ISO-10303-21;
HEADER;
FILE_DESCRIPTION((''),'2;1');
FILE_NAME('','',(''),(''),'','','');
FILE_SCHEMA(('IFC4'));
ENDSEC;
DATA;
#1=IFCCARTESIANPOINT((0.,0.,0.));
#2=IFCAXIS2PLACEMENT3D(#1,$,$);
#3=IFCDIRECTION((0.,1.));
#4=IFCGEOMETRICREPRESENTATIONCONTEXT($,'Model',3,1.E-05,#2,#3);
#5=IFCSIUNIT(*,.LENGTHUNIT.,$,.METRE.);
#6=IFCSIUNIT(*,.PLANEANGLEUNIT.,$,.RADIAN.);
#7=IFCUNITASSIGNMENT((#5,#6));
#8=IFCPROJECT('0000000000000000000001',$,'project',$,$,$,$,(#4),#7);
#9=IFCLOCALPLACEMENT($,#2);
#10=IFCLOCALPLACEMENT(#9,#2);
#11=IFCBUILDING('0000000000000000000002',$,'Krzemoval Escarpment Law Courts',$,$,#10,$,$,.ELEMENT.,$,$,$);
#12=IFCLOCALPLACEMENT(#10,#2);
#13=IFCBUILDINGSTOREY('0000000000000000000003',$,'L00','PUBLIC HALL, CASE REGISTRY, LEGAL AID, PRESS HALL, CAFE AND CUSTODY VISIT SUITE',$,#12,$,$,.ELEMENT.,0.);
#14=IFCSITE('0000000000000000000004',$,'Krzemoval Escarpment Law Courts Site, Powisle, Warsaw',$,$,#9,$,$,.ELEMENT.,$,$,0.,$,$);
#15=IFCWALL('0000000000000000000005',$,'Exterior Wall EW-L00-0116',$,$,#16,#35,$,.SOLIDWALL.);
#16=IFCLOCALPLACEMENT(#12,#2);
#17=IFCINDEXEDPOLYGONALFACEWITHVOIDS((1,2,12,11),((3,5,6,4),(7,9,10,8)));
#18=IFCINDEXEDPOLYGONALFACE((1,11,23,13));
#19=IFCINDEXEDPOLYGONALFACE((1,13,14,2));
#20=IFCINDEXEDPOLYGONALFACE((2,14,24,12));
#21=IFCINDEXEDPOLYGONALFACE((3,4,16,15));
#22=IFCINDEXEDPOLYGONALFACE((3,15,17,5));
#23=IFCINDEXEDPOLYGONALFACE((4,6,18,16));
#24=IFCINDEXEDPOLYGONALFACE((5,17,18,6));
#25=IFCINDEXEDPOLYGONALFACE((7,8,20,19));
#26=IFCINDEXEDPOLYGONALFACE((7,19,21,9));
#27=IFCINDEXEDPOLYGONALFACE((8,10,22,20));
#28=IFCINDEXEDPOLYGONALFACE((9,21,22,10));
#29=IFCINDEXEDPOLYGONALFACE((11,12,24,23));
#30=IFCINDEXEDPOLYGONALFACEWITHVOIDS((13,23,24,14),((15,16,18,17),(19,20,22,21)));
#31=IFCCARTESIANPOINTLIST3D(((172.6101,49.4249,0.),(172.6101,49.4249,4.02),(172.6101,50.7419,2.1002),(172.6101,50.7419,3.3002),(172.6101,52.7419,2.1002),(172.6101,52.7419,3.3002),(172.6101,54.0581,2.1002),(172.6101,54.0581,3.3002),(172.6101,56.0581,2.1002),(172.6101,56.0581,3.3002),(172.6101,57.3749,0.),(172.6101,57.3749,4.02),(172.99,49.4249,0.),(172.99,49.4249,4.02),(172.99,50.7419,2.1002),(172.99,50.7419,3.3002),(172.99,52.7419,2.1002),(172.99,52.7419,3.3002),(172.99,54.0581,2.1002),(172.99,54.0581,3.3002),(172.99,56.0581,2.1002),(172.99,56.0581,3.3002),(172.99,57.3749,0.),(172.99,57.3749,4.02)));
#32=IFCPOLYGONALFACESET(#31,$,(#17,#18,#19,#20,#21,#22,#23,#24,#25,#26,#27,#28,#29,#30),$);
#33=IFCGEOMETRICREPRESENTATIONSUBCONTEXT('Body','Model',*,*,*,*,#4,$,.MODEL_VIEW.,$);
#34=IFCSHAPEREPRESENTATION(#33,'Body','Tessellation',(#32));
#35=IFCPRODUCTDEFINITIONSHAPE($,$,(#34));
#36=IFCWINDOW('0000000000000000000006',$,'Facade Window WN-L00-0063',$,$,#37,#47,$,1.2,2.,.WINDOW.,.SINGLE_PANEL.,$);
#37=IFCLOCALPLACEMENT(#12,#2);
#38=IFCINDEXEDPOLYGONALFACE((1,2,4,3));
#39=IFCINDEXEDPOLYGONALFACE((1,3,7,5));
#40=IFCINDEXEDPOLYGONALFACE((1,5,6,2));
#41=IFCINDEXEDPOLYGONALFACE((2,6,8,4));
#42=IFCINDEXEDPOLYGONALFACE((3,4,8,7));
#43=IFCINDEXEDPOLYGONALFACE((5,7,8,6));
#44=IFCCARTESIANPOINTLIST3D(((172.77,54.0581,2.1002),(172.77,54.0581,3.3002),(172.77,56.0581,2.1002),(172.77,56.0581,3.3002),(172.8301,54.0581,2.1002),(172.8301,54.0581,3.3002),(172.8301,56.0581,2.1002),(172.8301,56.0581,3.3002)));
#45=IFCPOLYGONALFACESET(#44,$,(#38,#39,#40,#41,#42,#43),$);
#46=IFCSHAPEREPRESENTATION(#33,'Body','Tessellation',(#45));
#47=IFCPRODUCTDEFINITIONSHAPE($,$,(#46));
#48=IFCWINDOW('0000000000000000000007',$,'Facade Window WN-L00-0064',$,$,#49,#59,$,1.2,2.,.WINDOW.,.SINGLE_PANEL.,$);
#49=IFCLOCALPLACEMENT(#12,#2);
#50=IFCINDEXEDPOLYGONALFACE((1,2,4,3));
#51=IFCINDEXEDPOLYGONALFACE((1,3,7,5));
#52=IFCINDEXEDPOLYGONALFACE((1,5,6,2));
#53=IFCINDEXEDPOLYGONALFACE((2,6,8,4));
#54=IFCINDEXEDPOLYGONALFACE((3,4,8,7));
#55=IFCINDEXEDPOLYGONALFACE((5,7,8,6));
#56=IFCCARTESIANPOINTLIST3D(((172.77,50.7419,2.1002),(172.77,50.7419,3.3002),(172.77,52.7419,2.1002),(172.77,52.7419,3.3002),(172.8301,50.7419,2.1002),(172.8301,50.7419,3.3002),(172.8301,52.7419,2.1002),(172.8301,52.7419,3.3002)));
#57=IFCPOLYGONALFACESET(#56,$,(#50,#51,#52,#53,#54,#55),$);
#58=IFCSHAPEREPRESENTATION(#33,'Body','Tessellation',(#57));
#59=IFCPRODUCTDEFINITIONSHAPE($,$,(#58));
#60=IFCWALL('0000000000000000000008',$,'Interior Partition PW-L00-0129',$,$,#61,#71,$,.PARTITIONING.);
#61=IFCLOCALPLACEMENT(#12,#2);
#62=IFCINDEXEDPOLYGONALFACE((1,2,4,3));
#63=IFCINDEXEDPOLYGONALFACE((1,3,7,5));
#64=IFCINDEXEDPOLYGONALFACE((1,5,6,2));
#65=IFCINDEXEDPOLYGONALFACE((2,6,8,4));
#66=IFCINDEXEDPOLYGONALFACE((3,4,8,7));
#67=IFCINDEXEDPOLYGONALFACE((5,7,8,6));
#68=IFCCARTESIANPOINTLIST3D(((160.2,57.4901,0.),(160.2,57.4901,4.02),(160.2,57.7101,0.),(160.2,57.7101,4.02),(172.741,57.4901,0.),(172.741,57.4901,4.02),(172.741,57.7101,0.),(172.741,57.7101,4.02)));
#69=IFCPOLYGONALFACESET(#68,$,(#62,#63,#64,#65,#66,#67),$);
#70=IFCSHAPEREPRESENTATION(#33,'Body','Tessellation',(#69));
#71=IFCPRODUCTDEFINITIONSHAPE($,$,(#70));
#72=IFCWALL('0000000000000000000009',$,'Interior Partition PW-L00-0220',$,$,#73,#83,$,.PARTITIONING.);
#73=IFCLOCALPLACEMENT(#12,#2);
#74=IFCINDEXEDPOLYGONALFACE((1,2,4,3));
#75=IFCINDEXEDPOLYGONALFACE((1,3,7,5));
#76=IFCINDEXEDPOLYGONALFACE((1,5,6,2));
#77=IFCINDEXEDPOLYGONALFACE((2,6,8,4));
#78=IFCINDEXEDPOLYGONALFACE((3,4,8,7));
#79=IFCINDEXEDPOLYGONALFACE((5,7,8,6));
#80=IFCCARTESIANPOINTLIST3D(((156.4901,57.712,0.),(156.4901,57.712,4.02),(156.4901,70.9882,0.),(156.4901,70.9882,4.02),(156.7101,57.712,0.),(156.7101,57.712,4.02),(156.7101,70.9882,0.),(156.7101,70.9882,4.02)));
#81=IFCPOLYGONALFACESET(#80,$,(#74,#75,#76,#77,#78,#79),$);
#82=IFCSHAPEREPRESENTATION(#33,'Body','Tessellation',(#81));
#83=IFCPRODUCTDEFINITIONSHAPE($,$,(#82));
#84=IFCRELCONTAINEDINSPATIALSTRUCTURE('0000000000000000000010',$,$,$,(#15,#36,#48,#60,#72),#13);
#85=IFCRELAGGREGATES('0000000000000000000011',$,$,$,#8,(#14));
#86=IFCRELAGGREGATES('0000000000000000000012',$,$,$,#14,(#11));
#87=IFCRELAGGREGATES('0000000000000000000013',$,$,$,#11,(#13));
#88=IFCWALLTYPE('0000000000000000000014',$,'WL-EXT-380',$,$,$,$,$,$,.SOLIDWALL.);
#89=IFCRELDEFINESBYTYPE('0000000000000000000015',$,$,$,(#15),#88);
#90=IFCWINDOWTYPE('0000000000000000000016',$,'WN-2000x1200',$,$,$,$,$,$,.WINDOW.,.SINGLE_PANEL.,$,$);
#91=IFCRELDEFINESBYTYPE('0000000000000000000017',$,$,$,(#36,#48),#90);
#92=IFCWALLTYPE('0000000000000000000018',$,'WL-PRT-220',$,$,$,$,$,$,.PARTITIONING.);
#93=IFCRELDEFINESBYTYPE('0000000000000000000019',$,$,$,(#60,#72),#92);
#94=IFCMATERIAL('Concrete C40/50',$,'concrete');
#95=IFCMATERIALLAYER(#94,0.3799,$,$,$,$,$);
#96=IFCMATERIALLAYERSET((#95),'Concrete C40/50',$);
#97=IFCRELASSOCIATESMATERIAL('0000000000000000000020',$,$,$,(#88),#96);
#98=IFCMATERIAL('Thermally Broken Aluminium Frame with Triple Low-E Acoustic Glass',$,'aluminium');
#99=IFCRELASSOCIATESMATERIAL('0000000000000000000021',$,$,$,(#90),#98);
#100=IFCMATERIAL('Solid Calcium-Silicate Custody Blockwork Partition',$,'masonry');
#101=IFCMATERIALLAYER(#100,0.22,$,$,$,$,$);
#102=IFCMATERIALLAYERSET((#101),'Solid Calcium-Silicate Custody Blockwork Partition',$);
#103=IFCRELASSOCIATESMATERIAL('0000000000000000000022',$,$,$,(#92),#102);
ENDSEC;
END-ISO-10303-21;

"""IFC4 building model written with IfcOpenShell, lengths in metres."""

from ifc_helpers import new_model, si_unit, direction, frame, frame_2d, origin, place, context, subcontext, project, spatial, rectangle, extrude, material, layer, layer_set, type_object, element, fill, save


model = new_model("IFC4")

# Units and contexts
model_context = context("Model", 3, precision=1e-05, world=origin(), true_north=direction((0.0, 1.0)))
body_context = subcontext(model_context, "Body", "Model", "MODEL_VIEW")
ifc_project = project(units=[si_unit("LENGTHUNIT", "METRE"), si_unit("PLANEANGLEUNIT", "RADIAN")], contexts=[model_context])

# Site, building, storey
site_placement = place(None, origin())
site = spatial("IfcSite", under=ifc_project, at=site_placement, Name="Krzemoval Escarpment Law Courts Site, Powisle, Warsaw", CompositionType="ELEMENT", RefElevation=0.0)
building_placement = place(site_placement, origin())
building = spatial("IfcBuilding", under=site, at=building_placement, Name="Krzemoval Escarpment Law Courts", CompositionType="ELEMENT")
storey_placement = place(building_placement, origin())
storey = spatial("IfcBuildingStorey", under=building, at=storey_placement, Name="L00", Description="PUBLIC HALL, CASE REGISTRY, LEGAL AID, PRESS HALL, CAFE AND CUSTODY VISIT SUITE", CompositionType="ELEMENT", Elevation=0.0)

# Wall, openings, windows
ifc_material_1 = material(Name="Concrete C40/50", Category="concrete")
ifc_layer_1 = layer(ifc_material_1, 0.3799)
ifc_layer_set_1 = layer_set([ifc_layer_1], Name="Concrete C40/50")
wall_type_1 = type_object("IfcWallType", Name="WL-EXT-380", PredefinedType="SOLIDWALL", material=ifc_layer_set_1)
wall_1_placement = place(storey_placement, frame((172.8, 57.375, 0.0), z_axis=(0.0, 0.0, 1.0), x_axis=(0.0, -1.0, 0.0)))
wall_1 = element("IfcWall", 1, at=wall_1_placement, inside=storey, type_object=wall_type_1, Name="Exterior Wall EW-L00-0116", PredefinedType="SOLIDWALL", context=body_context, shape_type="SweptSolid", body=[
    extrude(rectangle(XDim=7.95, YDim=0.3799, at=frame_2d((3.9751, 0.0))), origin(), (0.0, 0.0, 1.0), 4.02),
])
opening_1_placement = place(wall_1_placement, frame((1.3169, 0.0, 2.1001)))
opening_1 = element("IfcOpeningElement", 2, at=opening_1_placement, cuts=wall_1, PredefinedType="OPENING", context=body_context, shape_type="SweptSolid", body=[
    extrude(rectangle(XDim=2.0, YDim=1.2, at=frame_2d((1.0, 0.6001))), frame((0.0, 0.2049, 0.0), z_axis=(0.0, -1.0, 0.0), x_axis=(1.0, 0.0, 0.0)), (0.0, 0.0, 1.0), 0.4099),
])
opening_2_placement = place(wall_1_placement, frame((4.6331, 0.0, 2.1001)))
opening_2 = element("IfcOpeningElement", 3, at=opening_2_placement, cuts=wall_1, PredefinedType="OPENING", context=body_context, shape_type="SweptSolid", body=[
    extrude(rectangle(XDim=2.0, YDim=1.2, at=frame_2d((1.0, 0.6001))), frame((0.0, 0.2049, 0.0), z_axis=(0.0, -1.0, 0.0), x_axis=(1.0, 0.0, 0.0)), (0.0, 0.0, 1.0), 0.4099),
])
ifc_material_2 = material(Name="Thermally Broken Aluminium Frame with Triple Low-E Acoustic Glass", Category="aluminium")
window_type = type_object("IfcWindowType", Name="WN-2000x1200", PartitioningType="SINGLE_PANEL", PredefinedType="WINDOW", material=ifc_material_2)
window_1_placement = place(opening_1_placement, origin())
window_1 = element("IfcWindow", 4, at=window_1_placement, inside=storey, type_object=window_type, Name="Facade Window WN-L00-0063", OverallHeight=1.2, OverallWidth=2.0, PartitioningType="SINGLE_PANEL", PredefinedType="WINDOW", context=body_context, shape_type="SweptSolid", body=[
    extrude(rectangle(XDim=2.0, YDim=1.2, at=frame_2d((1.0, 0.6001))), frame((0.0, 0.03, 0.0), z_axis=(0.0, -1.0, 0.0), x_axis=(1.0, 0.0, 0.0)), (0.0, 0.0, 1.0), 0.0601),
])
fill(opening_1, window_1)
window_2_placement = place(opening_2_placement, origin())
window_2 = element("IfcWindow", 5, at=window_2_placement, inside=storey, type_object=window_type, Name="Facade Window WN-L00-0064", OverallHeight=1.2, OverallWidth=2.0, PartitioningType="SINGLE_PANEL", PredefinedType="WINDOW", context=body_context, shape_type="SweptSolid", body=[
    extrude(rectangle(XDim=2.0, YDim=1.2, at=frame_2d((1.0, 0.6001))), frame((0.0, 0.03, 0.0), z_axis=(0.0, -1.0, 0.0), x_axis=(1.0, 0.0, 0.0)), (0.0, 0.0, 1.0), 0.0601),
])
fill(opening_2, window_2)

# Shared definitions
ifc_material_3 = material(Name="Solid Calcium-Silicate Custody Blockwork Partition", Category="masonry")
ifc_layer_2 = layer(ifc_material_3, 0.22)
ifc_layer_set_2 = layer_set([ifc_layer_2], Name="Solid Calcium-Silicate Custody Blockwork Partition")
wall_type_2 = type_object("IfcWallType", Name="WL-PRT-220", PredefinedType="PARTITIONING", material=ifc_layer_set_2)

# Walls
wall_2_placement = place(storey_placement, frame((160.2, 57.6001, 0.0), z_axis=(0.0, 0.0, 1.0), x_axis=(1.0, 0.0, 0.0)))
element("IfcWall", 6, at=wall_2_placement, inside=storey, type_object=wall_type_2, Name="Interior Partition PW-L00-0129", PredefinedType="PARTITIONING", context=body_context, shape_type="SweptSolid", body=[
    extrude(rectangle(XDim=12.541, YDim=0.22, at=frame_2d((6.2705, 0.0))), origin(), (0.0, 0.0, 1.0), 4.02),
])
wall_3_placement = place(storey_placement, frame((156.6001, 57.7119, 0.0), z_axis=(0.0, 0.0, 1.0), x_axis=(0.0, 1.0, 0.0)))
element("IfcWall", 7, at=wall_3_placement, inside=storey, type_object=wall_type_2, Name="Interior Partition PW-L00-0220", PredefinedType="PARTITIONING", context=body_context, shape_type="SweptSolid", body=[
    extrude(rectangle(XDim=13.2761, YDim=0.22, at=frame_2d((6.6382, 0.0))), origin(), (0.0, 0.0, 1.0), 4.02),
])

save(model, "model.ifc")
